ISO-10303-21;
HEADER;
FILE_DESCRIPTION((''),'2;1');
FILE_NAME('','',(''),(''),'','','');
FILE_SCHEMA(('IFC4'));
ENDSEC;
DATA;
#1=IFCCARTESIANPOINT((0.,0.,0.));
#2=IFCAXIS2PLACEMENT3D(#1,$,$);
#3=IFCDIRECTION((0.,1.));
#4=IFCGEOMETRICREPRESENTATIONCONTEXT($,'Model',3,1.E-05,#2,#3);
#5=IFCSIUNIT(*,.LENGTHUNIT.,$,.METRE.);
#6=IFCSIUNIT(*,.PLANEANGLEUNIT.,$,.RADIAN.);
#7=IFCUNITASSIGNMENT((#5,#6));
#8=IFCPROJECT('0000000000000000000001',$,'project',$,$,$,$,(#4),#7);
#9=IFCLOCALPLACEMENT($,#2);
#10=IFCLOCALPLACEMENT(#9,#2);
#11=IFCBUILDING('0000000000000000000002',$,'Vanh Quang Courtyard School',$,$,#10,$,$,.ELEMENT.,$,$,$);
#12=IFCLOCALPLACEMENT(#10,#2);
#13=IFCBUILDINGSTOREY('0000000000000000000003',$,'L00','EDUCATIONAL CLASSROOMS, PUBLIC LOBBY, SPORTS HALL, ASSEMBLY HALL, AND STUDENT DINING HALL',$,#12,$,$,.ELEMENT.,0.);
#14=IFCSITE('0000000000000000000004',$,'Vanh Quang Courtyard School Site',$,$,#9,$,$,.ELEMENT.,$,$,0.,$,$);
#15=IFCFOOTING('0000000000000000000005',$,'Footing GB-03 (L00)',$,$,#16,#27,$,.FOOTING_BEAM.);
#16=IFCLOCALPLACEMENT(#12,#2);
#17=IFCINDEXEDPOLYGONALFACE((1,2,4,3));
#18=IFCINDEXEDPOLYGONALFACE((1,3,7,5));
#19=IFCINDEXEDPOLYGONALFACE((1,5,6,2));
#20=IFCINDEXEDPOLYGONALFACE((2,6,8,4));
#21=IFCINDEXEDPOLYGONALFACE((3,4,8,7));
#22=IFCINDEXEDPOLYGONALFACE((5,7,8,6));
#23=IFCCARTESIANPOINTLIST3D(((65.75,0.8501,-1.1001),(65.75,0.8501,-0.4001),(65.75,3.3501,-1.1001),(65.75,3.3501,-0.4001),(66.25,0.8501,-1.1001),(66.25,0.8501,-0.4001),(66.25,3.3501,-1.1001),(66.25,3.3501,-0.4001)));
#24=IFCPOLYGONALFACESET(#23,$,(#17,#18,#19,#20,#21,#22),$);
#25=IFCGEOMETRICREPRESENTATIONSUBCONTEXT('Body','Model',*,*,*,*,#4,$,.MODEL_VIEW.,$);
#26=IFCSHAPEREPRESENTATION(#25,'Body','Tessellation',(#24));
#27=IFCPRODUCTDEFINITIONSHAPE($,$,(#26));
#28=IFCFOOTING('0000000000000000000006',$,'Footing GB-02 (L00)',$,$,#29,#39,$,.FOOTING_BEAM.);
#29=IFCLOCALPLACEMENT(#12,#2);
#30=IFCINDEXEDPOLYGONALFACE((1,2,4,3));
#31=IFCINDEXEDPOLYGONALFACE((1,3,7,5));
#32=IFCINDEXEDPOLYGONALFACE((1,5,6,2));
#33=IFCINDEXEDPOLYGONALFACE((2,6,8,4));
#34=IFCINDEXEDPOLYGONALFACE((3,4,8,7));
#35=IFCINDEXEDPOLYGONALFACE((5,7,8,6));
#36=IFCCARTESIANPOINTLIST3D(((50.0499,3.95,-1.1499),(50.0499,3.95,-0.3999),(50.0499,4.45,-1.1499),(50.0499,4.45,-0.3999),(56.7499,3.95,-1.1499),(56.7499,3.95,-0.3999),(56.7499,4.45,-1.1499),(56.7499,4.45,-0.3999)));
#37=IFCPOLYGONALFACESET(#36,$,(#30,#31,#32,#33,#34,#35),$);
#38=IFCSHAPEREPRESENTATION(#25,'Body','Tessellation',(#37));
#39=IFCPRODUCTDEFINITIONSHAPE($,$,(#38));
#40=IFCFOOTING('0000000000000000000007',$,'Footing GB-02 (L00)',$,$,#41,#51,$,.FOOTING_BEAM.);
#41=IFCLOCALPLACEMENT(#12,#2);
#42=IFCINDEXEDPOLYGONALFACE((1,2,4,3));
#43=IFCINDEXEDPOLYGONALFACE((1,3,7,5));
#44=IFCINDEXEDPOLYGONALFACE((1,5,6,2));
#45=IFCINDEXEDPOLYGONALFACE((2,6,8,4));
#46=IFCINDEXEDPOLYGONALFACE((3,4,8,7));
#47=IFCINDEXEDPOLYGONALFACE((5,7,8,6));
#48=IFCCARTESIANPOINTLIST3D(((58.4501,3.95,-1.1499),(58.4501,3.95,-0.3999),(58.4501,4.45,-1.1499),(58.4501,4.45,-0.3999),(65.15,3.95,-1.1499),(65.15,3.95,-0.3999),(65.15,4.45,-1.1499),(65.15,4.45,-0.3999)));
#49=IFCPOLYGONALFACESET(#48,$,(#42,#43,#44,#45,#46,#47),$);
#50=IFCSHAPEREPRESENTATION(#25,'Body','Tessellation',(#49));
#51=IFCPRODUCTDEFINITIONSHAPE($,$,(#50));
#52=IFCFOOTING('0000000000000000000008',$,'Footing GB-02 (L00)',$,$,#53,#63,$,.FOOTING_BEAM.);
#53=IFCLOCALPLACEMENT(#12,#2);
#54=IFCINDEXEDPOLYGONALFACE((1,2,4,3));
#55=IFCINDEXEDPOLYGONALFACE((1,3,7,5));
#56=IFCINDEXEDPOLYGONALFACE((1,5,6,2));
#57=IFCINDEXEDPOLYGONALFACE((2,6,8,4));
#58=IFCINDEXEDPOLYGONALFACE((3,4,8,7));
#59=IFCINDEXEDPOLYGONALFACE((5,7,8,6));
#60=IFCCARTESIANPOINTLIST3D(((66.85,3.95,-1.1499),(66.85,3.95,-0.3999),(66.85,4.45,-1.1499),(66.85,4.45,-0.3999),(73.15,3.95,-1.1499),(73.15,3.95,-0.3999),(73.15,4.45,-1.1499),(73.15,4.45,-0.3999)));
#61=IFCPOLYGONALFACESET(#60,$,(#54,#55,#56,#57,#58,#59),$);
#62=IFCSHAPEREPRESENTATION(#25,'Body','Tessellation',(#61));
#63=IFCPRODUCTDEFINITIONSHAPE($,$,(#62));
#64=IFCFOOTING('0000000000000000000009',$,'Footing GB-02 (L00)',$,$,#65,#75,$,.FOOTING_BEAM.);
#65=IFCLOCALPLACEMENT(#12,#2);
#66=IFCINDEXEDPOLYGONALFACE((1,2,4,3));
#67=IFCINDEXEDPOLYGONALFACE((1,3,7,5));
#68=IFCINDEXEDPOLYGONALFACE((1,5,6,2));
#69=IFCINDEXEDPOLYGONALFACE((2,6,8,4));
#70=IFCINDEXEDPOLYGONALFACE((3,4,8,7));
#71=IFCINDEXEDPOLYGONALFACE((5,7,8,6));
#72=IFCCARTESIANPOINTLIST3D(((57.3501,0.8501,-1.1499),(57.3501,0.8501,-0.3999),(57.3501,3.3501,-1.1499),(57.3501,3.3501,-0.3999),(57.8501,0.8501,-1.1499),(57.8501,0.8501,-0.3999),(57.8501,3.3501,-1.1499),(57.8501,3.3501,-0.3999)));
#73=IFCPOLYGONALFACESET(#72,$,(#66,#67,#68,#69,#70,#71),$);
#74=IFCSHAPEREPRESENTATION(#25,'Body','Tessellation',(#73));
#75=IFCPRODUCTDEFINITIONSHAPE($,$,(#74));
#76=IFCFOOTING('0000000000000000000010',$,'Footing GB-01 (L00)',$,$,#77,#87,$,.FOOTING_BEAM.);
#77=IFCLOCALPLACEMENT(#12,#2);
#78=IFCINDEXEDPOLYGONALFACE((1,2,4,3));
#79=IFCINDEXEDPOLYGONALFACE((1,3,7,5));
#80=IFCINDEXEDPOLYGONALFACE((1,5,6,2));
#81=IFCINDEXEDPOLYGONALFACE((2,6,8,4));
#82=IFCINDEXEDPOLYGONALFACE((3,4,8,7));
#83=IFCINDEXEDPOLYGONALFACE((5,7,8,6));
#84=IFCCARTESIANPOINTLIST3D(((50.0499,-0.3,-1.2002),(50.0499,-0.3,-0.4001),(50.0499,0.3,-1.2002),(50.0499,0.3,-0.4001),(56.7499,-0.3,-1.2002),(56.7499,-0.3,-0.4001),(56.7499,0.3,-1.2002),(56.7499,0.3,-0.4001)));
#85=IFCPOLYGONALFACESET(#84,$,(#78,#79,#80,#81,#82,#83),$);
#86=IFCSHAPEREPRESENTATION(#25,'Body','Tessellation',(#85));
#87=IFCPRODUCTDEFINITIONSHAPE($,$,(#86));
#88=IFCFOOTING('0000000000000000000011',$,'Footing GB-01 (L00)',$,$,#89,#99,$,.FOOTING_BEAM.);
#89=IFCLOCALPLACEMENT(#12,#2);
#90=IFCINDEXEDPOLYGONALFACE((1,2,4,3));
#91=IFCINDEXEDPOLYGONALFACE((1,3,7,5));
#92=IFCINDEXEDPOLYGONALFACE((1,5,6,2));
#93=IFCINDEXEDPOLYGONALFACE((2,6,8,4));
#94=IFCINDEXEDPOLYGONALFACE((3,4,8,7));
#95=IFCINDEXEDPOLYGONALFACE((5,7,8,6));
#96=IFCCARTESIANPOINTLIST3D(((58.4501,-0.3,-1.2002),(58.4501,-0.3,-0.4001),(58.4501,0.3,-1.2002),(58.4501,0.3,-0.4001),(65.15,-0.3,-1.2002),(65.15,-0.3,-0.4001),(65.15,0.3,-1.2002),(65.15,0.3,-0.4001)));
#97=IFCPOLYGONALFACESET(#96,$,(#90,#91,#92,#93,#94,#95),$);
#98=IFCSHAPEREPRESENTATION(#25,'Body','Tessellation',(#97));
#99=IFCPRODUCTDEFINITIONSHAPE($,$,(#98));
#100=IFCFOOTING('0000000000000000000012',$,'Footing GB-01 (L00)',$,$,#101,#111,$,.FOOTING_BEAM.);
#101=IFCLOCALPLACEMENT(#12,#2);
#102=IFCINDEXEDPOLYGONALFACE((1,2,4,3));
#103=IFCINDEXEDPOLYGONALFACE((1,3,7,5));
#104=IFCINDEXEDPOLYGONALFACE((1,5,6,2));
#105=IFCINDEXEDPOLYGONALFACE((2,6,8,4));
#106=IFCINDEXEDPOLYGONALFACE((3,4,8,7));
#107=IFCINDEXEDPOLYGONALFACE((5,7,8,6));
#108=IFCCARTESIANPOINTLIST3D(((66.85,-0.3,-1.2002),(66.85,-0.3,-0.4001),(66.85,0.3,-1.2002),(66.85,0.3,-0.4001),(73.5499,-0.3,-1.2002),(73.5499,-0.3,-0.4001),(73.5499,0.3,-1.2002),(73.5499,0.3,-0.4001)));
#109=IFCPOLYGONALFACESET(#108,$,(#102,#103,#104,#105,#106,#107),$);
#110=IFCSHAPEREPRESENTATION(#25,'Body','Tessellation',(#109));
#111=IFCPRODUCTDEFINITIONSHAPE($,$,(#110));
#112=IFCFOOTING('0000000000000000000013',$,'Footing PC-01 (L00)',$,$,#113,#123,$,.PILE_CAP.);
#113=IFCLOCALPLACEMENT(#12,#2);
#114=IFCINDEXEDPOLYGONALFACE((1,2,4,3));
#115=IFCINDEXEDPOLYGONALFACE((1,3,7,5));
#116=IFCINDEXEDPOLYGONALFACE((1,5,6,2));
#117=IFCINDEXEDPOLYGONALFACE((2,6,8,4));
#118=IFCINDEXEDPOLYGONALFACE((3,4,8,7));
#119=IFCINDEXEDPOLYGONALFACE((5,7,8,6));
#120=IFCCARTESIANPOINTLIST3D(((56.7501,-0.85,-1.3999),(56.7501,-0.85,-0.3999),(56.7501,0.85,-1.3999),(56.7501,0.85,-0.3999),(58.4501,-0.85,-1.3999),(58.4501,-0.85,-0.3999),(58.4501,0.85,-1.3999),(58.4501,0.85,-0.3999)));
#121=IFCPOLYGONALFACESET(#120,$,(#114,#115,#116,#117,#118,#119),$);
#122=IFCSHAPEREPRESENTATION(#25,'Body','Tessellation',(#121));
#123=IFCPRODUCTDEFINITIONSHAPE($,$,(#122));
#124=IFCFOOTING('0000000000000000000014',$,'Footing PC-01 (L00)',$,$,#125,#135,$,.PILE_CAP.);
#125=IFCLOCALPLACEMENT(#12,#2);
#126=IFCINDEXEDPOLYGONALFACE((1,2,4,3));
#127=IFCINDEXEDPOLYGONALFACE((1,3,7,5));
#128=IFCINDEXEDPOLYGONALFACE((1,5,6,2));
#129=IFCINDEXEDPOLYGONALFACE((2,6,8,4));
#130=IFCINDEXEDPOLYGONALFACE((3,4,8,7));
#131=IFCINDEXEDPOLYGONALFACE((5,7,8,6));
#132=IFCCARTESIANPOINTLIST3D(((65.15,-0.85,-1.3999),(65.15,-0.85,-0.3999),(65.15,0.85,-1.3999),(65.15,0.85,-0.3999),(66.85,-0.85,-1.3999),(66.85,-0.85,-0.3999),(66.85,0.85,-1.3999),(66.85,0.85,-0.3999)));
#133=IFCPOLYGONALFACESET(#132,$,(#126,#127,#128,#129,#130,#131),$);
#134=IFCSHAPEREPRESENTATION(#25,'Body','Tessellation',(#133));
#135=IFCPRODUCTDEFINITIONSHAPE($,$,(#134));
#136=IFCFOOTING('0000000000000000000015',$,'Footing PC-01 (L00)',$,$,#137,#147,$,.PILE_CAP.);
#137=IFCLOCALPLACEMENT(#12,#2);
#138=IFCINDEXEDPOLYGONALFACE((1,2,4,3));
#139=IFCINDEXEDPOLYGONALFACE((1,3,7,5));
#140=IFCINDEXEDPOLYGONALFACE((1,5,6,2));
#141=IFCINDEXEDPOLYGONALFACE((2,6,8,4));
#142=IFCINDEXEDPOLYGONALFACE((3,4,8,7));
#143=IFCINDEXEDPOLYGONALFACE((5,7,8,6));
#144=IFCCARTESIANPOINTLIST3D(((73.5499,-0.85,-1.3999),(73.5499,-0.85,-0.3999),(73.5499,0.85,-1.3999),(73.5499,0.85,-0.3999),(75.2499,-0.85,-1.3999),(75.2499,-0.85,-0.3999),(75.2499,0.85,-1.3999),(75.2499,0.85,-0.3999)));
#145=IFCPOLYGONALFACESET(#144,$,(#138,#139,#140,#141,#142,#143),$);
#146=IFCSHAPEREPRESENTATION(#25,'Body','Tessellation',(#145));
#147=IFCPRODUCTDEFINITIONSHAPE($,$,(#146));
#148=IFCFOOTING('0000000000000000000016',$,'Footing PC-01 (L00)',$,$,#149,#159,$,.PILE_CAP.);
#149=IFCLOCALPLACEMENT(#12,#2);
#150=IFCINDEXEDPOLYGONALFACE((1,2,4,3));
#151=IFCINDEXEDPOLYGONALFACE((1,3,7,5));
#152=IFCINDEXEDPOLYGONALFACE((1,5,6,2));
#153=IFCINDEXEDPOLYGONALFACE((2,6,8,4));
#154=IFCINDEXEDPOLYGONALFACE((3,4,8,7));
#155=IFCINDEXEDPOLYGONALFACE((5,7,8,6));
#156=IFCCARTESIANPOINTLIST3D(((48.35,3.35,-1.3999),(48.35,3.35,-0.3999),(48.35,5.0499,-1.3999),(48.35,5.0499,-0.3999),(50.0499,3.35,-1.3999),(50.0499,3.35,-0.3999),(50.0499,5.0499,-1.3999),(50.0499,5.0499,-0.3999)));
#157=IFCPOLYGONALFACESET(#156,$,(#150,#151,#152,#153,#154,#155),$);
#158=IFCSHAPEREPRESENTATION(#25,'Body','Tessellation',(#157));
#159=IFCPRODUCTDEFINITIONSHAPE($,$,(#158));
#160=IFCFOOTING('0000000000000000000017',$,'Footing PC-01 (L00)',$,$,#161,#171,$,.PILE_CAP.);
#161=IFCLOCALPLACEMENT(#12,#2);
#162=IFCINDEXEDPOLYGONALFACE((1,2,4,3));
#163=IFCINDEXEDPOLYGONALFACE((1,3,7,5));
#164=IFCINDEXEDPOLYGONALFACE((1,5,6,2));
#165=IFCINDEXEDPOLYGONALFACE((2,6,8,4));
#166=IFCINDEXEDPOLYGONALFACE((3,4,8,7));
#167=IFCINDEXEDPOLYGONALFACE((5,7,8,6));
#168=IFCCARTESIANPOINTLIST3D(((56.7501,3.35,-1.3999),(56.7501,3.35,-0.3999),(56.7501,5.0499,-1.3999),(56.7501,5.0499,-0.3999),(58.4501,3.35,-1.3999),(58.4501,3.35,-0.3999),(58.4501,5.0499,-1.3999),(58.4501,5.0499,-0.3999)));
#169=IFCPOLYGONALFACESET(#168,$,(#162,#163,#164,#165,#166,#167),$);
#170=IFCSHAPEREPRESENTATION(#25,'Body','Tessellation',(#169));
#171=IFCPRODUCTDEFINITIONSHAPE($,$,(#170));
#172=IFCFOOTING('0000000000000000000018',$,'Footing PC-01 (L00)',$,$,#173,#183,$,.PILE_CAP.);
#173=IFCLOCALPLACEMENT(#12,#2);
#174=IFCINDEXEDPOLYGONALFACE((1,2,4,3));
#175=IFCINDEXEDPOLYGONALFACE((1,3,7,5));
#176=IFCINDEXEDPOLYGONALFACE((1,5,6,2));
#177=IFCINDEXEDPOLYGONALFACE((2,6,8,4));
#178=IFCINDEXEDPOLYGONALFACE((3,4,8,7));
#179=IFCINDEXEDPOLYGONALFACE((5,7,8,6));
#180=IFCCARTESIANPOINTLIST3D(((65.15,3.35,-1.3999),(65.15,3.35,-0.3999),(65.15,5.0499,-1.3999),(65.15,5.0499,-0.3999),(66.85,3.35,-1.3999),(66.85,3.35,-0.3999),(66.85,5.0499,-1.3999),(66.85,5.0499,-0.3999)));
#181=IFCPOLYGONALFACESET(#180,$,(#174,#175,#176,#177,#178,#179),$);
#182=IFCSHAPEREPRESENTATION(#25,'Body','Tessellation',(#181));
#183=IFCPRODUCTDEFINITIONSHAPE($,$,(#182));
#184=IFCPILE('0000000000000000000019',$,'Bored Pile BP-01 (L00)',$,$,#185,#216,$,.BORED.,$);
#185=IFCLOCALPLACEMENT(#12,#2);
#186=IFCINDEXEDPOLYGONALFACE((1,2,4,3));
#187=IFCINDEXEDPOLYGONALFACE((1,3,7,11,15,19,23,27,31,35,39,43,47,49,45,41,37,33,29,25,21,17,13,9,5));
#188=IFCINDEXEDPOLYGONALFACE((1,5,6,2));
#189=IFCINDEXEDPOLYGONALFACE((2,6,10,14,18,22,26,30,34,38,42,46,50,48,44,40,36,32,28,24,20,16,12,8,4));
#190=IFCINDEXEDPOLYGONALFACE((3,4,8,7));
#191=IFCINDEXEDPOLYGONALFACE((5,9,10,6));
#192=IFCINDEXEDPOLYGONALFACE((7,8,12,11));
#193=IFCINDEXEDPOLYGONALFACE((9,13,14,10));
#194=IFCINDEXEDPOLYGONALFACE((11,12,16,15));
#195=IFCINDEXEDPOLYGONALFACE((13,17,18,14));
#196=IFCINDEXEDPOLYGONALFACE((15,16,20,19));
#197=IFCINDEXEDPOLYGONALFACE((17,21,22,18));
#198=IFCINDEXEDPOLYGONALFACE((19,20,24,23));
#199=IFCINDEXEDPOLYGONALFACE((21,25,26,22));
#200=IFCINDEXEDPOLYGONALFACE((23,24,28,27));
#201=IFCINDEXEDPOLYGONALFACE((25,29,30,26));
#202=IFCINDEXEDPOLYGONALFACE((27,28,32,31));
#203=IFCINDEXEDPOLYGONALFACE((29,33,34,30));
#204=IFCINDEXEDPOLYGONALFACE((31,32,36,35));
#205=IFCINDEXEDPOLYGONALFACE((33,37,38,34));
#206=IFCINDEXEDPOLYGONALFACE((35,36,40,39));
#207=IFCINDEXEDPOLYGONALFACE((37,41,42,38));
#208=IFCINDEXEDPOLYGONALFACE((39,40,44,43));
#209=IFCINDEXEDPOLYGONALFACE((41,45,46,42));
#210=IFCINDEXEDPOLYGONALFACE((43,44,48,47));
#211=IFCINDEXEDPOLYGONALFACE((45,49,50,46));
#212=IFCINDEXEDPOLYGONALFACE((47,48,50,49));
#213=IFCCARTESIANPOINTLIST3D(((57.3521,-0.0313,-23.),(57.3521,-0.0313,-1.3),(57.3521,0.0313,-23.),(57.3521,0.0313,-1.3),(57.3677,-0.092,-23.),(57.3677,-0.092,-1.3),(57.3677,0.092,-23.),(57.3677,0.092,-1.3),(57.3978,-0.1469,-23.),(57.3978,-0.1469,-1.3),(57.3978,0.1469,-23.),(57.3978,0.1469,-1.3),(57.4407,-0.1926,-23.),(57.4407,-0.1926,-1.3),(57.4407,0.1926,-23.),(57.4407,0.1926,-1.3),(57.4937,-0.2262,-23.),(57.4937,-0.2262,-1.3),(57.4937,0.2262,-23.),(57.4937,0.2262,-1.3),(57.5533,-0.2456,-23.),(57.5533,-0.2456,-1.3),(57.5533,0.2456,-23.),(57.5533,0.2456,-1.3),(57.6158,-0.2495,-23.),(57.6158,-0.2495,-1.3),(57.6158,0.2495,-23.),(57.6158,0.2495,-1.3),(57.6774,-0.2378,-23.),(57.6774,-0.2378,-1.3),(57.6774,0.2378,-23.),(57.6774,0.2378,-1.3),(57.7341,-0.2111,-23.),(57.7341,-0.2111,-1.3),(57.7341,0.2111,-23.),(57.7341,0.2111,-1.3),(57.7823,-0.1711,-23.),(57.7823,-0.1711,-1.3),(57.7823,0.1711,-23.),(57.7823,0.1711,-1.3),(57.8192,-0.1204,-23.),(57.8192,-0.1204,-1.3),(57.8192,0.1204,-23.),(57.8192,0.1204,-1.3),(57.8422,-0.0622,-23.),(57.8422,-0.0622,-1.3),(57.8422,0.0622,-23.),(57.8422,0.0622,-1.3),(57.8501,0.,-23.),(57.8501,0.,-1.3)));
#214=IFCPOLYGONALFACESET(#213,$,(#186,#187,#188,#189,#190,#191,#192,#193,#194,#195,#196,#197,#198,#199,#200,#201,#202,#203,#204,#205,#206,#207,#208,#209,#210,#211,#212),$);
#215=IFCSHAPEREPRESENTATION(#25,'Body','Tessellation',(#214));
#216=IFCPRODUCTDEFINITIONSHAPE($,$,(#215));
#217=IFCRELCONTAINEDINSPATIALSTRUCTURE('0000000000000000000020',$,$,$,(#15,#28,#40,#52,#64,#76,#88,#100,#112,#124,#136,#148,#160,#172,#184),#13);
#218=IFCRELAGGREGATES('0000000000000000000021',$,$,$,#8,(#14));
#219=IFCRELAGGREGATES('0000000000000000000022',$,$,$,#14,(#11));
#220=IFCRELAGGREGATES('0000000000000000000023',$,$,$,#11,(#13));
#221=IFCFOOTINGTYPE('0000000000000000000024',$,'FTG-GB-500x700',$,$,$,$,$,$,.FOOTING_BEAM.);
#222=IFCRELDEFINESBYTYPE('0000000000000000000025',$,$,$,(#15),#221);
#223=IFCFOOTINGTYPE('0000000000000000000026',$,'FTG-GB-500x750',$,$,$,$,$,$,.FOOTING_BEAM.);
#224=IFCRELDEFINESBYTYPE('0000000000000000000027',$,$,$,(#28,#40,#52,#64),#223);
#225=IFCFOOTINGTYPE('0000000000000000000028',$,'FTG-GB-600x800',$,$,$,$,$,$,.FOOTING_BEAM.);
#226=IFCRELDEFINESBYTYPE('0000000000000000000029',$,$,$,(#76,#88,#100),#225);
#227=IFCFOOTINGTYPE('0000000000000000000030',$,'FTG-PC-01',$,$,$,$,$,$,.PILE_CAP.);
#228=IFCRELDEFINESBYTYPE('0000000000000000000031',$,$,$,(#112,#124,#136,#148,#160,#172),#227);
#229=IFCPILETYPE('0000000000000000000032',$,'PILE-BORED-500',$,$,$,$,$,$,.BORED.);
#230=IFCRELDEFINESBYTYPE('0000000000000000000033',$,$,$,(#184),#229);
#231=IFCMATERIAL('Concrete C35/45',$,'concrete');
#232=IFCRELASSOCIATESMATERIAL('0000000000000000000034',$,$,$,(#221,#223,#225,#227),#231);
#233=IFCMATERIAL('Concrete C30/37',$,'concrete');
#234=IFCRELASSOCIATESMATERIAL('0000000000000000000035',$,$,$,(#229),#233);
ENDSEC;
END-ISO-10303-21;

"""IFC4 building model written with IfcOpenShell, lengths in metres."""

from ifc_helpers import new_model, si_unit, direction, frame, origin, origin_2d, place, context, subcontext, project, spatial, rectangle, circle, extrude, material, material_profile, profile_set, type_object, element, save


model = new_model("IFC4")

# Units and contexts
model_context = context("Model", 3, precision=1e-05, world=origin(), true_north=direction((0.0, 1.0)))
body_context = subcontext(model_context, "Body", "Model", "MODEL_VIEW")
ifc_project = project(units=[si_unit("LENGTHUNIT", "METRE"), si_unit("PLANEANGLEUNIT", "RADIAN")], contexts=[model_context])

# Site, building, storey
site_placement = place(None, origin())
site = spatial("IfcSite", under=ifc_project, at=site_placement, Name="Vanh Quang Courtyard School Site", CompositionType="ELEMENT", RefElevation=0.0)
building_placement = place(site_placement, origin())
building = spatial("IfcBuilding", under=site, at=building_placement, Name="Vanh Quang Courtyard School", CompositionType="ELEMENT")
storey_placement = place(building_placement, origin())
storey = spatial("IfcBuildingStorey", under=building, at=storey_placement, Name="L00", Description="EDUCATIONAL CLASSROOMS, PUBLIC LOBBY, SPORTS HALL, ASSEMBLY HALL, AND STUDENT DINING HALL", CompositionType="ELEMENT", Elevation=0.0)

# Footings
ifc_material_1 = material(Name="Concrete C35/45", Category="concrete")
footing_type_1 = type_object("IfcFootingType", Name="FTG-GB-500x700", PredefinedType="FOOTING_BEAM", material=ifc_material_1)
footing_1_placement = place(storey_placement, frame((66.0, 2.1001, -1.1001), z_axis=(0.0, 0.0, 1.0), x_axis=(0.0, 1.0, 0.0)))
element("IfcFooting", 1, at=footing_1_placement, inside=storey, type_object=footing_type_1, Name="Footing GB-03 (L00)", PredefinedType="FOOTING_BEAM", context=body_context, shape_type="SweptSolid", body=[
    extrude(rectangle(XDim=2.5, YDim=0.5, at=origin_2d()), origin(), (0.0, 0.0, 1.0), 0.7),
])
footing_type_2 = type_object("IfcFootingType", Name="FTG-GB-500x750", PredefinedType="FOOTING_BEAM", material=ifc_material_1)
for number, where, z_axis, x_axis, name in (
    (2, (53.3999, 4.2, -1.1499), (0.0, 0.0, 1.0), (1.0, 0.0, 0.0), "Footing GB-02 (L00)"),
    (3, (61.8, 4.2, -1.1499), (0.0, 0.0, 1.0), (1.0, 0.0, 0.0), "Footing GB-02 (L00)"),
):
    element("IfcFooting", number, at=place(storey_placement, frame(where, z_axis=z_axis, x_axis=x_axis)), inside=storey, type_object=footing_type_2, Name=name, PredefinedType="FOOTING_BEAM", context=body_context, shape_type="SweptSolid", body=[
        extrude(rectangle(XDim=6.7, YDim=0.5, at=origin_2d()), origin(), (0.0, 0.0, 1.0), 0.75),
    ])
footing_2_placement = place(storey_placement, frame((70.0, 4.2, -1.1499), z_axis=(0.0, 0.0, 1.0), x_axis=(1.0, 0.0, 0.0)))
element("IfcFooting", 4, at=footing_2_placement, inside=storey, type_object=footing_type_2, Name="Footing GB-02 (L00)", PredefinedType="FOOTING_BEAM", context=body_context, shape_type="SweptSolid", body=[
    extrude(rectangle(XDim=6.3, YDim=0.5, at=origin_2d()), origin(), (0.0, 0.0, 1.0), 0.75),
])
footing_3_placement = place(storey_placement, frame((57.6001, 2.1001, -1.1499), z_axis=(0.0, 0.0, 1.0), x_axis=(0.0, 1.0, 0.0)))
element("IfcFooting", 5, at=footing_3_placement, inside=storey, type_object=footing_type_2, Name="Footing GB-02 (L00)", PredefinedType="FOOTING_BEAM", context=body_context, shape_type="SweptSolid", body=[
    extrude(rectangle(XDim=2.5, YDim=0.5, at=origin_2d()), origin(), (0.0, 0.0, 1.0), 0.75),
])
footing_type_3 = type_object("IfcFootingType", Name="FTG-GB-600x800", PredefinedType="FOOTING_BEAM", material=ifc_material_1)
for number, where, z_axis, x_axis, name in (
    (6, (53.3999, 0.0, -1.2002), (0.0, 0.0, 1.0), (1.0, 0.0, 0.0), "Footing GB-01 (L00)"),
    (7, (61.8, 0.0, -1.2002), (0.0, 0.0, 1.0), (1.0, 0.0, 0.0), "Footing GB-01 (L00)"),
    (8, (70.2, 0.0, -1.2002), (0.0, 0.0, 1.0), (1.0, 0.0, 0.0), "Footing GB-01 (L00)"),
):
    element("IfcFooting", number, at=place(storey_placement, frame(where, z_axis=z_axis, x_axis=x_axis)), inside=storey, type_object=footing_type_3, Name=name, PredefinedType="FOOTING_BEAM", context=body_context, shape_type="SweptSolid", body=[
        extrude(rectangle(XDim=6.7, YDim=0.6001, at=origin_2d()), origin(), (0.0, 0.0, 1.0), 0.8),
    ])
footing_type_4 = type_object("IfcFootingType", Name="FTG-PC-01", PredefinedType="PILE_CAP", material=ifc_material_1)
for number, where, z_axis, x_axis, name in (
    (9, (57.6001, 0.0, -1.3999), (0.0, 0.0, 1.0), (1.0, 0.0, 0.0), "Footing PC-01 (L00)"),
    (10, (66.0, 0.0, -1.3999), (0.0, 0.0, 1.0), (1.0, 0.0, 0.0), "Footing PC-01 (L00)"),
    (11, (74.3999, 0.0, -1.3999), (0.0, 0.0, 1.0), (1.0, 0.0, 0.0), "Footing PC-01 (L00)"),
    (12, (49.2, 4.2, -1.3999), (0.0, 0.0, 1.0), (1.0, 0.0, 0.0), "Footing PC-01 (L00)"),
    (13, (57.6001, 4.2, -1.3999), (0.0, 0.0, 1.0), (1.0, 0.0, 0.0), "Footing PC-01 (L00)"),
    (14, (66.0, 4.2, -1.3999), (0.0, 0.0, 1.0), (1.0, 0.0, 0.0), "Footing PC-01 (L00)"),
):
    element("IfcFooting", number, at=place(storey_placement, frame(where, z_axis=z_axis, x_axis=x_axis)), inside=storey, type_object=footing_type_4, Name=name, PredefinedType="PILE_CAP", context=body_context, shape_type="SweptSolid", body=[
        extrude(rectangle(XDim=1.7, YDim=1.7, at=origin_2d()), origin(), (0.0, 0.0, 1.0), 1.0),
    ])

# Pile
ifc_material_2 = material(Name="Concrete C30/37", Category="concrete")
ifc_material_profile_1 = material_profile(ifc_material_2, circle(Radius=0.25, at=origin_2d()), Name="PILE D500")
ifc_profile_set_1 = profile_set([ifc_material_profile_1], Name="Concrete C30/37")
pile_type = type_object("IfcPileType", Name="PILE-BORED-500", PredefinedType="BORED", material=ifc_profile_set_1)
for number, where, z_axis, x_axis, name in (
    (15, (57.6001, 0.0, -1.3), (0.0, 0.0, -1.0), (1.0, 0.0, 0.0), "Bored Pile BP-01 (L00)"),
):
    element("IfcPile", number, at=place(storey_placement, frame(where, z_axis=z_axis, x_axis=x_axis)), inside=storey, type_object=pile_type, Name=name, PredefinedType="BORED", context=body_context, shape_type="SweptSolid", body=[
        extrude(circle(Radius=0.25, at=origin_2d()), origin(), (0.0, 0.0, 1.0), 21.7),
    ])

save(model, "model.ifc")
